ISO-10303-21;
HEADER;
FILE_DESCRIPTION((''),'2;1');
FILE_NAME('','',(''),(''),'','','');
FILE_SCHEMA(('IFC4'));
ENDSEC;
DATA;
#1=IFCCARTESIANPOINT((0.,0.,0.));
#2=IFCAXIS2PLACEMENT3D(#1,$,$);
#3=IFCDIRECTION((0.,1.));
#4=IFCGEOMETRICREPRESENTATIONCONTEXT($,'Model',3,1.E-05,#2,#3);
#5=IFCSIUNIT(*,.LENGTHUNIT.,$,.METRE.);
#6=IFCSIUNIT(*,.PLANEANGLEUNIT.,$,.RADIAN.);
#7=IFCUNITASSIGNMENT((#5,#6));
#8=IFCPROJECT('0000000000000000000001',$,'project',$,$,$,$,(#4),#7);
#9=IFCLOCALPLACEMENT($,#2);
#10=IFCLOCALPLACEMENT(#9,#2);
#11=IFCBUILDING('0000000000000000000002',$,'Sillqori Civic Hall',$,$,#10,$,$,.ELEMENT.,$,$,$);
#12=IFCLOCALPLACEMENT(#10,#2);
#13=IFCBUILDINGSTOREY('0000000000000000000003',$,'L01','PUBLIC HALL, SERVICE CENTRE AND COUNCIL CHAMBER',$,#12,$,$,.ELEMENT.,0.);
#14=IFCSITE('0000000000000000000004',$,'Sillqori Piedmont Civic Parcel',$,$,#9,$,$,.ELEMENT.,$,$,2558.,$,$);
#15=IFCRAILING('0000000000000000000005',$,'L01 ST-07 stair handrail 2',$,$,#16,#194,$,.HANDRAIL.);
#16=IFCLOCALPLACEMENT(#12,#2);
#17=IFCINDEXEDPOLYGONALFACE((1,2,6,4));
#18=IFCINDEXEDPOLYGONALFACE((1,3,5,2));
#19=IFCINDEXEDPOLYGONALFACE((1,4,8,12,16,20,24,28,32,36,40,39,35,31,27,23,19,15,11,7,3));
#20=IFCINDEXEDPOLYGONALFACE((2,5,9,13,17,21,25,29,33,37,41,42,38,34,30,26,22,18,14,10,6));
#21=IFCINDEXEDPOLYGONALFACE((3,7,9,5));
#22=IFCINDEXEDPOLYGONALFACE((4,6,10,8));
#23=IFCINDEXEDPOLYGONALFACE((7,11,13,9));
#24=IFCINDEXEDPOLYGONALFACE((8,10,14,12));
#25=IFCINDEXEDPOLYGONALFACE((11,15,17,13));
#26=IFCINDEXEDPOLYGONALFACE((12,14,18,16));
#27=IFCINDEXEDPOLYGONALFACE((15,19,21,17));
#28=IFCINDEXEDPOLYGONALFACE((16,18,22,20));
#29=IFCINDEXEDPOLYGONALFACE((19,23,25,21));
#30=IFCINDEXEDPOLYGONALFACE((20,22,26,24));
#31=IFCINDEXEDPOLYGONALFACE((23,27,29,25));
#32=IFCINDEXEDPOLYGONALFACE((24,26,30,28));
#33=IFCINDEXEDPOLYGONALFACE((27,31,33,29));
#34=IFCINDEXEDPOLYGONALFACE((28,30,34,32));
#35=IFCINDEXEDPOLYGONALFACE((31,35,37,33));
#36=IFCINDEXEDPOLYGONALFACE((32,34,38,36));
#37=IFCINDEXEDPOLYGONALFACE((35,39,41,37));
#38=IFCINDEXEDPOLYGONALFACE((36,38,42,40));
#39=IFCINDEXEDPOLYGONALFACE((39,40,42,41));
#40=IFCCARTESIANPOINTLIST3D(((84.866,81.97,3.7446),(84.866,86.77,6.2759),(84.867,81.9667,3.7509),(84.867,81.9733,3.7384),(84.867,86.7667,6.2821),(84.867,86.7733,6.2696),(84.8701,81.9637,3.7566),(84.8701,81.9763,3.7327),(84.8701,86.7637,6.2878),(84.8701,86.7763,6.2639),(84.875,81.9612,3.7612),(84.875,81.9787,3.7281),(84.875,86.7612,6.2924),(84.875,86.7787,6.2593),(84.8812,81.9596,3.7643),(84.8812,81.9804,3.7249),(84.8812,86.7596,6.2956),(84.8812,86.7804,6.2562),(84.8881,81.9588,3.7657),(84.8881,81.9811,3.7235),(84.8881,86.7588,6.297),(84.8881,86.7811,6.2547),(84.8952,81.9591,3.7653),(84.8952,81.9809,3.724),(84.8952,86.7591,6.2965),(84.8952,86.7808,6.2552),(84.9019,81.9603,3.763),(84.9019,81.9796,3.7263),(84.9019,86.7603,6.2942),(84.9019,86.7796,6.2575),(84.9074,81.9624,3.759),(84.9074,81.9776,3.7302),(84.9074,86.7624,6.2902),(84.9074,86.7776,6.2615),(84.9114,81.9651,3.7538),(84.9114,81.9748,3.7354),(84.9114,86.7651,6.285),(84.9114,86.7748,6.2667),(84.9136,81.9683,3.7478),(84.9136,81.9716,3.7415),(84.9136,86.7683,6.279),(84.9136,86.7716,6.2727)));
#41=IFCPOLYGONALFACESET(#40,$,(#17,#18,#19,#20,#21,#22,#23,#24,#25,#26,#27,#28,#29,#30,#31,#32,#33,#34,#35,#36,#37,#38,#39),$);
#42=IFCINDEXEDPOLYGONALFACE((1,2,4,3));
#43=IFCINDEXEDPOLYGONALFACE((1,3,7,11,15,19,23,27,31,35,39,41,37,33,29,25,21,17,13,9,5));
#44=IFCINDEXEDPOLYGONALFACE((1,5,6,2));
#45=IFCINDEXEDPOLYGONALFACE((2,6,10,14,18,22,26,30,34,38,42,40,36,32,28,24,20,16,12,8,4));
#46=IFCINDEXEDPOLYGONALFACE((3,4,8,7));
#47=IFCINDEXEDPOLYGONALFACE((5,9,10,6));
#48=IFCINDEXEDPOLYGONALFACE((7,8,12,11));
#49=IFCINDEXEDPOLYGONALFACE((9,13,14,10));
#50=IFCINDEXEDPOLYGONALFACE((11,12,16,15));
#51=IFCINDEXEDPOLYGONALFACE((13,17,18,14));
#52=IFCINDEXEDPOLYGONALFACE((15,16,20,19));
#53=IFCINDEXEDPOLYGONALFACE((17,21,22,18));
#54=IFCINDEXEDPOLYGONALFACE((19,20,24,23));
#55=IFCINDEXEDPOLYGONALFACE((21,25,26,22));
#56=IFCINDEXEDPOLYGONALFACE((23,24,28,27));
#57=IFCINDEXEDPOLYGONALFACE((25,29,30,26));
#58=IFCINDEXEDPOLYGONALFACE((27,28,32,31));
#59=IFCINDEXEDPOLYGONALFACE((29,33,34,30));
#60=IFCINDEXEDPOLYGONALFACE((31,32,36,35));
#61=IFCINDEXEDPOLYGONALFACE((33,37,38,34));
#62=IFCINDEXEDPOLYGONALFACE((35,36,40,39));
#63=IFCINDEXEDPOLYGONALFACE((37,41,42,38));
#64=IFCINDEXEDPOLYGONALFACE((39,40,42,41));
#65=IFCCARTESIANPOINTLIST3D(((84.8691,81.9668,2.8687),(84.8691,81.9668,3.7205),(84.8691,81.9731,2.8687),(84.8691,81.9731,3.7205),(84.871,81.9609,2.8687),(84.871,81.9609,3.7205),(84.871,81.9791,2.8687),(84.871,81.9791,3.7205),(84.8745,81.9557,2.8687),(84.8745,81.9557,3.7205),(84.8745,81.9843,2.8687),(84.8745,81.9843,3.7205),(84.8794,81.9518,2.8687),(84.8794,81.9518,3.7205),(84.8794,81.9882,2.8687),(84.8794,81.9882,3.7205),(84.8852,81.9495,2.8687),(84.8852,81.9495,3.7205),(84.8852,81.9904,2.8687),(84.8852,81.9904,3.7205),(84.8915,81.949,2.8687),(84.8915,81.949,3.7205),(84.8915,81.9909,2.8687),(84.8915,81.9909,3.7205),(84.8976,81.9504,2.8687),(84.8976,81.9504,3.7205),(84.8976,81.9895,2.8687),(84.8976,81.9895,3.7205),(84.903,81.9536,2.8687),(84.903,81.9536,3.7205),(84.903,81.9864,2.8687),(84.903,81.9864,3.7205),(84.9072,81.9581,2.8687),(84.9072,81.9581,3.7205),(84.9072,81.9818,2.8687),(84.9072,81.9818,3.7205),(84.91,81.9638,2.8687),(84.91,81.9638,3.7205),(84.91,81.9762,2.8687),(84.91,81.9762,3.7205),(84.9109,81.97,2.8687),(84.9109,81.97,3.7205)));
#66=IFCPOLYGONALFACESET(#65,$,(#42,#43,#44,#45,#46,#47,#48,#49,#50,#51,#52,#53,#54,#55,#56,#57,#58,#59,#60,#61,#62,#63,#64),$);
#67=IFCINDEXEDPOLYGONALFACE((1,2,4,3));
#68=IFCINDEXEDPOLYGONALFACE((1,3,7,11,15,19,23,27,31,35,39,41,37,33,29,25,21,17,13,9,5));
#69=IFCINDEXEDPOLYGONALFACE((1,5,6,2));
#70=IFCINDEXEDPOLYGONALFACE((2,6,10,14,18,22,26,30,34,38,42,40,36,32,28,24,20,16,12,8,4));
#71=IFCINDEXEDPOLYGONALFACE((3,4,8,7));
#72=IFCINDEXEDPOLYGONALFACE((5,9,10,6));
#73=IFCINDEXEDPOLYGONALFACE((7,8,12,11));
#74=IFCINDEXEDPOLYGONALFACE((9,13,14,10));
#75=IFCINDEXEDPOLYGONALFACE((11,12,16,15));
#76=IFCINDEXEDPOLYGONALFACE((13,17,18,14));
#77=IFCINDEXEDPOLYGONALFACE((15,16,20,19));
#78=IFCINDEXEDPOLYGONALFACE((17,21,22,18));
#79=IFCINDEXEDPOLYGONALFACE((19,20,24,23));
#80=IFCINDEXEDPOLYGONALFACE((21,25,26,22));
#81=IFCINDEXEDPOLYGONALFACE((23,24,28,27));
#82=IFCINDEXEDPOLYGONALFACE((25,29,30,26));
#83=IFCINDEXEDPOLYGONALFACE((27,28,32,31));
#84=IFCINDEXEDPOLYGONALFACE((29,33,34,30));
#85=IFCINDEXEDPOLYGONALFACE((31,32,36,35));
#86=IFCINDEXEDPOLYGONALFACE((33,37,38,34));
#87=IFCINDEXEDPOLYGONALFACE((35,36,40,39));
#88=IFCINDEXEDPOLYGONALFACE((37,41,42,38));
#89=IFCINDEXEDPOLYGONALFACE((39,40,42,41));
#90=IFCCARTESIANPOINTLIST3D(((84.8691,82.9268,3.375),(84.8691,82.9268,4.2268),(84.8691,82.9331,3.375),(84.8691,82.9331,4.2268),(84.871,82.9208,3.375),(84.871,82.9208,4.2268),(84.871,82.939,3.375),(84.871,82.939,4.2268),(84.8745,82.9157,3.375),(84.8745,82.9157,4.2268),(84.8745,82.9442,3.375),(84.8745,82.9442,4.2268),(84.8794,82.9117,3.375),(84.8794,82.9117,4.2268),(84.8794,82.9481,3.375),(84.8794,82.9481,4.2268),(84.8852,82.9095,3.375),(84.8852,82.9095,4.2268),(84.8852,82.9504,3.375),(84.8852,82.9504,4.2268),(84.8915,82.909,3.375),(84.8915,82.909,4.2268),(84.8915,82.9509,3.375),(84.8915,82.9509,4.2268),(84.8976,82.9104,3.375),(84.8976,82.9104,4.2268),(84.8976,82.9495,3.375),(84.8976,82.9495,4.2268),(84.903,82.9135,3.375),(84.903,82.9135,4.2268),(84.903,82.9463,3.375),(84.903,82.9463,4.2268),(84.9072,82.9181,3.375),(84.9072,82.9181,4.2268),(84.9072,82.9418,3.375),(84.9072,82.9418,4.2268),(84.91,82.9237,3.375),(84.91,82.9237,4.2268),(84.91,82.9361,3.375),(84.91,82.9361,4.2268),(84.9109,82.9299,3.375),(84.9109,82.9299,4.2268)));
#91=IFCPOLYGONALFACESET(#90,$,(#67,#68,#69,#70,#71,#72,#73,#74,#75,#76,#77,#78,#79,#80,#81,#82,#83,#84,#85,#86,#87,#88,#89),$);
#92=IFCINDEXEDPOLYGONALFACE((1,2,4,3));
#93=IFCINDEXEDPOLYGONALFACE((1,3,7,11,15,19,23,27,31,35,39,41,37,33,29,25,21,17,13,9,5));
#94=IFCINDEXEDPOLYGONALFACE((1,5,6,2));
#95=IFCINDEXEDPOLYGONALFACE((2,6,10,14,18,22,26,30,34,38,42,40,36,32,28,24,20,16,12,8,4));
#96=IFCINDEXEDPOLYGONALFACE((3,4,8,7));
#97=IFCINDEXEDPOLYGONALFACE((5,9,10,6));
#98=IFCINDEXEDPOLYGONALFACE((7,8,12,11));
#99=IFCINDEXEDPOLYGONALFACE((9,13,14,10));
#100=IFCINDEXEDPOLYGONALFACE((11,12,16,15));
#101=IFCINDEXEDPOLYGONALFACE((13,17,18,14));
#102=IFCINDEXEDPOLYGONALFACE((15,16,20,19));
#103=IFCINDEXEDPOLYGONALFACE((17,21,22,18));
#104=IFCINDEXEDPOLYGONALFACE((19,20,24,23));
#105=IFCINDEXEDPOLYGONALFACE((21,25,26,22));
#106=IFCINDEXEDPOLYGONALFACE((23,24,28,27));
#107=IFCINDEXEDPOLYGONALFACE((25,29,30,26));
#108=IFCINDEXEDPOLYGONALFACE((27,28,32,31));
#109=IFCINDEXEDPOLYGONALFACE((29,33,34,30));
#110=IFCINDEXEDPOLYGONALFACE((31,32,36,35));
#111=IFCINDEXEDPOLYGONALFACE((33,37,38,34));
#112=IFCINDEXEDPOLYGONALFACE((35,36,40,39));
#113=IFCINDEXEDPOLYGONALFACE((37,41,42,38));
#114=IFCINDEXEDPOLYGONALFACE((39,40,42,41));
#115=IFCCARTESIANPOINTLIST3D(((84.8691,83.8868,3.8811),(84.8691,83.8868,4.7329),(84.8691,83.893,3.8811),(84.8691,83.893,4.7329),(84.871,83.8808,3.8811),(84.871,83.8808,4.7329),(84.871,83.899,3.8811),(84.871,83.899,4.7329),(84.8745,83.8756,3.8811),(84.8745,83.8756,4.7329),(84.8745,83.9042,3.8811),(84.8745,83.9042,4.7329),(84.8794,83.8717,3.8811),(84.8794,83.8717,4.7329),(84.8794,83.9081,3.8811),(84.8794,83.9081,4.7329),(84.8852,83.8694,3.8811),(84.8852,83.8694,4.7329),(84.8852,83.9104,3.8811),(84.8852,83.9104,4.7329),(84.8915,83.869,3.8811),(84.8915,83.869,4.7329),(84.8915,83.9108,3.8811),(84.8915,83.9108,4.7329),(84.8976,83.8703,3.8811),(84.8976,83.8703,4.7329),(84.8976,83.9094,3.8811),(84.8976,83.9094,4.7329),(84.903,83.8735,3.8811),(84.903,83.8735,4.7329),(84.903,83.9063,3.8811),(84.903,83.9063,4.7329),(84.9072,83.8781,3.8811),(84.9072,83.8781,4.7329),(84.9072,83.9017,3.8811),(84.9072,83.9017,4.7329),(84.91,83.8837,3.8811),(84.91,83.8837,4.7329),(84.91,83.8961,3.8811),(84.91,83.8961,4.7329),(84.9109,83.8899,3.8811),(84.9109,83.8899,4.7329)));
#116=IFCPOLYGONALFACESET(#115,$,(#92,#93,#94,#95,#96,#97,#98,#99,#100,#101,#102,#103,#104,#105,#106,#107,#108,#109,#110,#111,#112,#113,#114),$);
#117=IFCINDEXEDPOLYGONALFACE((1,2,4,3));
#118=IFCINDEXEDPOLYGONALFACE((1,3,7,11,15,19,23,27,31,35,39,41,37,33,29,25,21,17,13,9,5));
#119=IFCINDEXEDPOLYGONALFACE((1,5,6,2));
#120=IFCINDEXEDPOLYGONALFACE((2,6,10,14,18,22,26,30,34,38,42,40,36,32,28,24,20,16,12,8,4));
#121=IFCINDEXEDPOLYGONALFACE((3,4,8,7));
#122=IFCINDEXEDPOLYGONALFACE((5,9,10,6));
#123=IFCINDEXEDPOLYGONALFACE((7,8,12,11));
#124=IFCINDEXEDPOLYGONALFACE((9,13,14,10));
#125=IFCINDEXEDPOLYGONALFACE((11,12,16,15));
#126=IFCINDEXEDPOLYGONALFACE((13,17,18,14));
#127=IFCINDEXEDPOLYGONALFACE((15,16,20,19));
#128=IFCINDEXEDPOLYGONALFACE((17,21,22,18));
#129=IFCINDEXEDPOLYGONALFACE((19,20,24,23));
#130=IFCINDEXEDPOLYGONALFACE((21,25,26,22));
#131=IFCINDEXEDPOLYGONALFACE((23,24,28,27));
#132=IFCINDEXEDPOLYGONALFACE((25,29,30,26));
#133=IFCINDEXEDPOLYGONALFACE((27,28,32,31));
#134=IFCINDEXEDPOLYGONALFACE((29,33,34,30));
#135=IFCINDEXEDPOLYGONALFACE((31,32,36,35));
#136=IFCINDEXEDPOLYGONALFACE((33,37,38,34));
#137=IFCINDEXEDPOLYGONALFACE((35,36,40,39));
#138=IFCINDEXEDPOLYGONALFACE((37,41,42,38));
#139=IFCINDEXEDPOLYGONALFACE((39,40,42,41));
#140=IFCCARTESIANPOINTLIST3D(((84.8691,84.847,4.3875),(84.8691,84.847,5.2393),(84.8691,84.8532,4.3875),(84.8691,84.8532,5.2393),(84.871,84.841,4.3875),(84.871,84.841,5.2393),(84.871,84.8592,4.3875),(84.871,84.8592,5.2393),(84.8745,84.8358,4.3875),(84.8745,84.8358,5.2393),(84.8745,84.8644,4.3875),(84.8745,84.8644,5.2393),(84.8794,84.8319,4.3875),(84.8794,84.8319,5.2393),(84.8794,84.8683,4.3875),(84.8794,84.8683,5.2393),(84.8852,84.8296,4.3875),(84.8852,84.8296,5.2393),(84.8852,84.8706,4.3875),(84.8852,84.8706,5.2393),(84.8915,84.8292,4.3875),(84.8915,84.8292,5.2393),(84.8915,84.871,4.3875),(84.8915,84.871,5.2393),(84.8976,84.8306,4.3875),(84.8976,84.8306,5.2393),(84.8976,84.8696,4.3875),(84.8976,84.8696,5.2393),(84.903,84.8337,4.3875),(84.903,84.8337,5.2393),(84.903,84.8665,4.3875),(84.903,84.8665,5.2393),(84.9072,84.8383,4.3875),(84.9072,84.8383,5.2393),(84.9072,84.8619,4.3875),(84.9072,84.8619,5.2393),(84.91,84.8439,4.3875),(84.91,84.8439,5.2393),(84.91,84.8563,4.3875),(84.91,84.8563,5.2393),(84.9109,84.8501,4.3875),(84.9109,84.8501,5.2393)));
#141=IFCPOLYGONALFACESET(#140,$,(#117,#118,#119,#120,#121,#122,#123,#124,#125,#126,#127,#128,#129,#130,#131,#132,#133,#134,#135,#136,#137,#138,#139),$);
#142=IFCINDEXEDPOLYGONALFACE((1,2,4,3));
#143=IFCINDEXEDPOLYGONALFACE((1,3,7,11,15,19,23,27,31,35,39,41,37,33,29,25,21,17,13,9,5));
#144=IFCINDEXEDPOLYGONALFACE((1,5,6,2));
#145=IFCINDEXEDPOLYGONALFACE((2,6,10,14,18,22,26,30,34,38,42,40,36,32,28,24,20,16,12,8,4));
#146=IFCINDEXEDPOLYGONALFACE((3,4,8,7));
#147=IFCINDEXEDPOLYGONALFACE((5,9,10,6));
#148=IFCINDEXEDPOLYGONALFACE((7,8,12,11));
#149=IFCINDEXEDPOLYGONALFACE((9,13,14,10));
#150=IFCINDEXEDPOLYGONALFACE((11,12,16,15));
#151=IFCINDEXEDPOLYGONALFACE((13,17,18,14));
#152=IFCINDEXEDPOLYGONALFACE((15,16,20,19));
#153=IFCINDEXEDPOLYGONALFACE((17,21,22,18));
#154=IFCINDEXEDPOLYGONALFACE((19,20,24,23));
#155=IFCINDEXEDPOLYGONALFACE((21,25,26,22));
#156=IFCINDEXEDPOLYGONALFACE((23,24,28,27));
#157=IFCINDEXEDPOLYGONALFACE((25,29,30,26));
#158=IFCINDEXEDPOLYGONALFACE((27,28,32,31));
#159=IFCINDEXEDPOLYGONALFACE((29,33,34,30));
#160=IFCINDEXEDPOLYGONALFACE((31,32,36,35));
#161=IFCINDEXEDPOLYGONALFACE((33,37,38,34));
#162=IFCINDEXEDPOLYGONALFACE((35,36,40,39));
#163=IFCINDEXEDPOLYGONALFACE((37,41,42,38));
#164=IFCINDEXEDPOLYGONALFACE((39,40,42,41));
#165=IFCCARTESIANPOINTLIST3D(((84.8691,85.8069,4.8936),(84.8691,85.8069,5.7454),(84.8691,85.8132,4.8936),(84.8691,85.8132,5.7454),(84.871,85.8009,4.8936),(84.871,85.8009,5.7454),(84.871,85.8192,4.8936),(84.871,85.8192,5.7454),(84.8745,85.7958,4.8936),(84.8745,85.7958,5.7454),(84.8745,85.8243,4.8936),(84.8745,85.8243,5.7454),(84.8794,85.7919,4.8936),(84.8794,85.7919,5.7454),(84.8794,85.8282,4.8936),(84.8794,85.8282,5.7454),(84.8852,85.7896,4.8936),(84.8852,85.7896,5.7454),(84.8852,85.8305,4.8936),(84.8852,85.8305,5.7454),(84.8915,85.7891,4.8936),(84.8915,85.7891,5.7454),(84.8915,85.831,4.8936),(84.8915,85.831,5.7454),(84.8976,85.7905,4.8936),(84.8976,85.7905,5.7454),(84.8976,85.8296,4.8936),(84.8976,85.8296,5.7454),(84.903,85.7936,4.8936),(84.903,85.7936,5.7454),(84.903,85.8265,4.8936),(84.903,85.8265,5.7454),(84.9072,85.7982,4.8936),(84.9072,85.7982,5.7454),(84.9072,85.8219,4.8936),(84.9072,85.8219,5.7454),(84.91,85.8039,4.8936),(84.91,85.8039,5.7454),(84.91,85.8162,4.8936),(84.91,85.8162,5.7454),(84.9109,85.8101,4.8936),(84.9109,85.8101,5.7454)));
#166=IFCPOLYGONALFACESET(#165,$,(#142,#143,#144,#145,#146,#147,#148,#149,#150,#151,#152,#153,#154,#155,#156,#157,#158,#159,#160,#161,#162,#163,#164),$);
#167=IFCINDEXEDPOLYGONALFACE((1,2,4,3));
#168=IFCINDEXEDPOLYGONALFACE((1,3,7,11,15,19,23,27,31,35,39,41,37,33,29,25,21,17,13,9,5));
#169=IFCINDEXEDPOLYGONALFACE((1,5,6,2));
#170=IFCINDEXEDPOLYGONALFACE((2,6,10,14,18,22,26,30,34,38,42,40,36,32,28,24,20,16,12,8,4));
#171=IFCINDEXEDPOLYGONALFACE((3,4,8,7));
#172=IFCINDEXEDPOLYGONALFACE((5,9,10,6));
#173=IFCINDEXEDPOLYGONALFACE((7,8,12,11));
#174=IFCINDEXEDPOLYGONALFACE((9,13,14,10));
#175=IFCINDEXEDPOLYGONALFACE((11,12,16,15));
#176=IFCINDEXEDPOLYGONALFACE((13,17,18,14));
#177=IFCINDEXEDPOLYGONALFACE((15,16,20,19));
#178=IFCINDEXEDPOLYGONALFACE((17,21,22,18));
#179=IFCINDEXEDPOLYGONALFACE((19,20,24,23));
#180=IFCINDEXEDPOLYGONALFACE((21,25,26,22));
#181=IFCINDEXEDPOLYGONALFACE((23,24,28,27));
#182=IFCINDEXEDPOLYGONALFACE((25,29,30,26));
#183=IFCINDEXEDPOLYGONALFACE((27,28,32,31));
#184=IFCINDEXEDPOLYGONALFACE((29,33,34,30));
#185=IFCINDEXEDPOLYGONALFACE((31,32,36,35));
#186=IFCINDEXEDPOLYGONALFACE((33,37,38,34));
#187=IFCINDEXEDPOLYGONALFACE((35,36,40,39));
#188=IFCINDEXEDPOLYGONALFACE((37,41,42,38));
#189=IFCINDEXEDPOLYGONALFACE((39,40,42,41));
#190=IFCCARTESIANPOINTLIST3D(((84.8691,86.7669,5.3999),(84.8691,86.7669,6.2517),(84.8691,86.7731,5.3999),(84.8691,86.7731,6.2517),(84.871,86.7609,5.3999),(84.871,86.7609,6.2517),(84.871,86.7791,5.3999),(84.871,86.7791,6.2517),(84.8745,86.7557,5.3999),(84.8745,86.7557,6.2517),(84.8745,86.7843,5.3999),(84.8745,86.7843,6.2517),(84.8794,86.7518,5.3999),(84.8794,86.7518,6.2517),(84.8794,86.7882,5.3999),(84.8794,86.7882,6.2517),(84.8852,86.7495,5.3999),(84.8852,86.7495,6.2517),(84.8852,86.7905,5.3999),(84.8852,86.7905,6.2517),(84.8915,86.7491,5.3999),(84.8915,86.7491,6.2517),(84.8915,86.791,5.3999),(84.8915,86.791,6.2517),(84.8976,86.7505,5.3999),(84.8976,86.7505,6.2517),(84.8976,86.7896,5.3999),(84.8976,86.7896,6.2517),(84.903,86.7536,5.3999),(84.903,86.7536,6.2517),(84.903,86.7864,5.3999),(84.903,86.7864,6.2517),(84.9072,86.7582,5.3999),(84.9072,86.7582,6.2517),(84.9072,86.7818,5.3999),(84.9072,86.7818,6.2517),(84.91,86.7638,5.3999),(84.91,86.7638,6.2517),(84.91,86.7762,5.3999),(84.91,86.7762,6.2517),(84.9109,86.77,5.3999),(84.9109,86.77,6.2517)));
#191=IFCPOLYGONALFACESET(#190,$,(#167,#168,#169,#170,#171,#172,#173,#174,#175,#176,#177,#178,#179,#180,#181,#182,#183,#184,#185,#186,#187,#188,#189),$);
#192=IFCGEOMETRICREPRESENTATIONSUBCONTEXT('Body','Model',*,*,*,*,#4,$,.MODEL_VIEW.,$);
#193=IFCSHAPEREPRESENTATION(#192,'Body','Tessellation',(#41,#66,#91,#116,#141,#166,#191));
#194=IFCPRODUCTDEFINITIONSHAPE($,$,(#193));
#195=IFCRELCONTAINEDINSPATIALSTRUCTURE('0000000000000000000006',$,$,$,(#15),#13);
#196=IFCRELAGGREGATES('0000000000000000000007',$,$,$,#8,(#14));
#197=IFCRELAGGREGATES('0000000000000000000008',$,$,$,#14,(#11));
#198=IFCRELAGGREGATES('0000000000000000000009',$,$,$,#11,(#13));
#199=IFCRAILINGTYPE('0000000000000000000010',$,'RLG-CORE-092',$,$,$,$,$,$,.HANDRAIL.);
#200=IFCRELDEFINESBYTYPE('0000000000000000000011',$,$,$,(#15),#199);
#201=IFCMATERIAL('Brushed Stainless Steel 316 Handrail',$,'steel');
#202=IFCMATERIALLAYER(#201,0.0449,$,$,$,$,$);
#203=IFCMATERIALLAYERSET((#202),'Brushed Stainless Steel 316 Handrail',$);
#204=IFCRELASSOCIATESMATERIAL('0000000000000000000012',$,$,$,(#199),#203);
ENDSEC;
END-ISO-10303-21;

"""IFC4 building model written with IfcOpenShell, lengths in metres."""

from ifc_helpers import new_model, si_unit, direction, frame, origin, origin_2d, place, context, subcontext, project, spatial, circle, extrude, material, layer, layer_set, type_object, element, save


model = new_model("IFC4")

# Units and contexts
model_context = context("Model", 3, precision=1e-05, world=origin(), true_north=direction((0.0, 1.0)))
body_context = subcontext(model_context, "Body", "Model", "MODEL_VIEW")
ifc_project = project(units=[si_unit("LENGTHUNIT", "METRE"), si_unit("PLANEANGLEUNIT", "RADIAN")], contexts=[model_context])

# Site, building, storey
site_placement = place(None, origin())
site = spatial("IfcSite", under=ifc_project, at=site_placement, Name="Sillqori Piedmont Civic Parcel", CompositionType="ELEMENT", RefElevation=2558.0)
building_placement = place(site_placement, origin())
building = spatial("IfcBuilding", under=site, at=building_placement, Name="Sillqori Civic Hall", CompositionType="ELEMENT")
storey_placement = place(building_placement, origin())
storey = spatial("IfcBuildingStorey", under=building, at=storey_placement, Name="L01", Description="PUBLIC HALL, SERVICE CENTRE AND COUNCIL CHAMBER", CompositionType="ELEMENT", Elevation=0.0)

# Railing
ifc_material_1 = material(Name="Brushed Stainless Steel 316 Handrail", Category="steel")
ifc_layer_1 = layer(ifc_material_1, 0.0449)
ifc_layer_set_1 = layer_set([ifc_layer_1], Name="Brushed Stainless Steel 316 Handrail")
railing_type_1 = type_object("IfcRailingType", Name="RLG-CORE-092", PredefinedType="HANDRAIL", material=ifc_layer_set_1)
railing_1_placement = place(storey_placement, frame((84.8899, 81.97, 2.8687)))
element("IfcRailing", 1, at=railing_1_placement, inside=storey, type_object=railing_type_1, Name="L01 ST-07 stair handrail 2", PredefinedType="HANDRAIL", context=body_context, shape_type="SweptSolid", body=[
    extrude(circle(Radius=0.0239, at=origin_2d()), frame((0.0, 0.0, 0.876), z_axis=(0.0, 0.884545, 0.466455), x_axis=(-1.0, 0.0, 0.0)), (0.0, 0.0, 1.0), 5.4265),
    extrude(circle(Radius=0.021, at=origin_2d()), origin(), (0.0, 0.0, 1.0), 0.8518),
    extrude(circle(Radius=0.021, at=origin_2d()), frame((0.0, 0.96, 0.5063)), (0.0, 0.0, 1.0), 0.8518),
    extrude(circle(Radius=0.021, at=origin_2d()), frame((0.0, 1.9199, 1.0125)), (0.0, 0.0, 1.0), 0.8518),
    extrude(circle(Radius=0.021, at=origin_2d()), frame((0.0, 2.8801, 1.5188)), (0.0, 0.0, 1.0), 0.8518),
    extrude(circle(Radius=0.021, at=origin_2d()), frame((0.0, 3.8401, 2.0249)), (0.0, 0.0, 1.0), 0.8518),
    extrude(circle(Radius=0.021, at=origin_2d()), frame((0.0, 4.8, 2.5312)), (0.0, 0.0, 1.0), 0.8518),
])

save(model, "model.ifc")
